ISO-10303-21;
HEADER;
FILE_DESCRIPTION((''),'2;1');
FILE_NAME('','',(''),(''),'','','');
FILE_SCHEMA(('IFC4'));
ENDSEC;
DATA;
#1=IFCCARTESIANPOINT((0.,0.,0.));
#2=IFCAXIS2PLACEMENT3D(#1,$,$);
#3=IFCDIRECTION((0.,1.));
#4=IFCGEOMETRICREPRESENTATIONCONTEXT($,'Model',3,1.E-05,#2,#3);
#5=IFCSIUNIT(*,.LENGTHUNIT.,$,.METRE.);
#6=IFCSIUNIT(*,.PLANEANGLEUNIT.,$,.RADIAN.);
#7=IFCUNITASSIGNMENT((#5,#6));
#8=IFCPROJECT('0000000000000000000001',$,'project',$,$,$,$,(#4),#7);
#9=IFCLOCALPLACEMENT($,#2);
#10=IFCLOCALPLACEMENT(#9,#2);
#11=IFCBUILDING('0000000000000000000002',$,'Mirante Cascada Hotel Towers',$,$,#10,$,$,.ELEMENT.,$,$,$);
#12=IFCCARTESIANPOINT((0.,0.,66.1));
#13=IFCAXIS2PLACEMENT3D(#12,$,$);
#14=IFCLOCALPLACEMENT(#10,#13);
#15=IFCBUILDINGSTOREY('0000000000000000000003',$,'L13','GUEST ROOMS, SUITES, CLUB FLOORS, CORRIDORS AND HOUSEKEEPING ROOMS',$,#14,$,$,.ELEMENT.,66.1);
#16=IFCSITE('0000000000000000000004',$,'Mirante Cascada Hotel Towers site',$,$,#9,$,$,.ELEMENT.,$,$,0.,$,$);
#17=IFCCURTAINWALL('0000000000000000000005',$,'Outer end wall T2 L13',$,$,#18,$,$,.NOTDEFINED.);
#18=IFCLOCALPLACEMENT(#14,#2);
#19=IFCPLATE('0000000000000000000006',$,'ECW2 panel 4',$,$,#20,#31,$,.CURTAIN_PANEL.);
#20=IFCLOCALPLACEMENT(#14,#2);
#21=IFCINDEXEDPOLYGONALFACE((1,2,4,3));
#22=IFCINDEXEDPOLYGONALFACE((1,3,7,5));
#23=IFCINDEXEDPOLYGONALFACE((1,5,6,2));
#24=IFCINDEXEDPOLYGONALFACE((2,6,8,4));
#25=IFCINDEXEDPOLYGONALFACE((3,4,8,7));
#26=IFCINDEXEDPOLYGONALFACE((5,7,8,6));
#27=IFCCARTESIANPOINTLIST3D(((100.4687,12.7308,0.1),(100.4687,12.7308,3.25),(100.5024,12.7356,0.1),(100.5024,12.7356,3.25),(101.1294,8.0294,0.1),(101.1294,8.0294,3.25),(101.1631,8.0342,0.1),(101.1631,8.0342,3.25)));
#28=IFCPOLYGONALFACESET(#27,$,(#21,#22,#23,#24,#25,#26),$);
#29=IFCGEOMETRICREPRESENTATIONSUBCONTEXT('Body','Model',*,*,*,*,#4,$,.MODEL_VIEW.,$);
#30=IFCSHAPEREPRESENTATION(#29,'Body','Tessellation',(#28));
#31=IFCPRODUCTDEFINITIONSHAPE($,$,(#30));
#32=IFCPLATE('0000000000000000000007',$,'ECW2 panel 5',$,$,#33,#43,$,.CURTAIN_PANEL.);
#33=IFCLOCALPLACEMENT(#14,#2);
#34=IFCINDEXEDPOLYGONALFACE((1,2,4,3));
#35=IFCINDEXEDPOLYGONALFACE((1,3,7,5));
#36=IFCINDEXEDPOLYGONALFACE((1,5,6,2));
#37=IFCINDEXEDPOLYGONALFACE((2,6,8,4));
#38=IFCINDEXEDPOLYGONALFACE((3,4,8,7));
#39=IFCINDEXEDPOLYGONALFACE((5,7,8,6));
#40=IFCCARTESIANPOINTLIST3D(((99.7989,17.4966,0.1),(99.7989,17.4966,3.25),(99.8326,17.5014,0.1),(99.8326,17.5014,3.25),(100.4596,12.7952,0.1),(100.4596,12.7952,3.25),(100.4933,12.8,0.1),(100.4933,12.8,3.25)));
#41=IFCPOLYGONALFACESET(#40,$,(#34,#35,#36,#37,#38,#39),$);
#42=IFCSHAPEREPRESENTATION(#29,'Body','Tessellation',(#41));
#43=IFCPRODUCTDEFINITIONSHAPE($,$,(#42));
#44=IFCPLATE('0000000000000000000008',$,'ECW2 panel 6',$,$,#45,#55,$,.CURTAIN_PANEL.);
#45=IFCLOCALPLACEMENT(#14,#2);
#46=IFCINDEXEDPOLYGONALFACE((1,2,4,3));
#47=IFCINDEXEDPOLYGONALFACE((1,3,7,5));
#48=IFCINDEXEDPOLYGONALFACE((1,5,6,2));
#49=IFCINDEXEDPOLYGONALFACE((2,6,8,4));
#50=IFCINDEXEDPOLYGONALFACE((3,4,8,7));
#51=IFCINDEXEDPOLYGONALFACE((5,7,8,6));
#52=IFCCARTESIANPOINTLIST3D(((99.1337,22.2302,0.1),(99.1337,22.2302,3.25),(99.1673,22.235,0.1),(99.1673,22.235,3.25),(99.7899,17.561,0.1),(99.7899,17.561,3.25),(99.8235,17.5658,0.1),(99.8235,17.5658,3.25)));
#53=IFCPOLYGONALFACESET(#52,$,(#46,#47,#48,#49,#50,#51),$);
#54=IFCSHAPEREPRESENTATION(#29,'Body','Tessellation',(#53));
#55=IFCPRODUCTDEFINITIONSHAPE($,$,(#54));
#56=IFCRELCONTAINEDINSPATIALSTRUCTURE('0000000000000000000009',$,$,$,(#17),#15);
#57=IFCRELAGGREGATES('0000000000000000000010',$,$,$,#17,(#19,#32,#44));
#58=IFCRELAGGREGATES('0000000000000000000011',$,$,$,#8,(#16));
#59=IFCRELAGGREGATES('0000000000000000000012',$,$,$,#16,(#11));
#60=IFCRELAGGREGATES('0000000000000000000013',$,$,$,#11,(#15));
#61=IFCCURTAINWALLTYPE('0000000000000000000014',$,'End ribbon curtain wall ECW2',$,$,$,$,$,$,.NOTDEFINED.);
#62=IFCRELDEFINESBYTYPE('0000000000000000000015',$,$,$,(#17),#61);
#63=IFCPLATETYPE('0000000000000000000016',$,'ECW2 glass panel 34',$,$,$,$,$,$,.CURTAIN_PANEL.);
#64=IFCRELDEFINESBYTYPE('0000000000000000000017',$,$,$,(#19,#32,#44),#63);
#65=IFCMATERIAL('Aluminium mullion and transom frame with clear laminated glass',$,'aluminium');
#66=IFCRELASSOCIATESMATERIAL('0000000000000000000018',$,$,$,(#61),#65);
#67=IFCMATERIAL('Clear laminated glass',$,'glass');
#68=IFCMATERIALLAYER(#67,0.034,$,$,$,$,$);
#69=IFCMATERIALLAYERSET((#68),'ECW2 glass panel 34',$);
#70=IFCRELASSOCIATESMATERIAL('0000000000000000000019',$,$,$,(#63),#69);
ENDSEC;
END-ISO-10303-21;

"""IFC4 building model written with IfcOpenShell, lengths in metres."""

from ifc_helpers import new_model, si_unit, direction, frame, origin, origin_2d, place, context, subcontext, project, spatial, rectangle, extrude, material, layer, layer_set, type_object, element, aggregate, save


model = new_model("IFC4")

# Units and contexts
model_context = context("Model", 3, precision=1e-05, world=origin(), true_north=direction((0.0, 1.0)))
body_context = subcontext(model_context, "Body", "Model", "MODEL_VIEW")
ifc_project = project(units=[si_unit("LENGTHUNIT", "METRE"), si_unit("PLANEANGLEUNIT", "RADIAN")], contexts=[model_context])

# Site, building, storey
site_placement = place(None, origin())
site = spatial("IfcSite", under=ifc_project, at=site_placement, Name="Mirante Cascada Hotel Towers site", CompositionType="ELEMENT", RefElevation=0.0)
building_placement = place(site_placement, origin())
building = spatial("IfcBuilding", under=site, at=building_placement, Name="Mirante Cascada Hotel Towers", CompositionType="ELEMENT")
storey_placement = place(building_placement, frame((0.0, 0.0, 66.1)))
storey = spatial("IfcBuildingStorey", under=building, at=storey_placement, Name="L13", Description="GUEST ROOMS, SUITES, CLUB FLOORS, CORRIDORS AND HOUSEKEEPING ROOMS", CompositionType="ELEMENT", Elevation=66.1)

# Curtain wall
ifc_material_1 = material(Name="Aluminium mullion and transom frame with clear laminated glass", Category="aluminium")
curtain_wall_type_1 = type_object("IfcCurtainWallType", Name="End ribbon curtain wall ECW2", PredefinedType="NOTDEFINED", material=ifc_material_1)
curtain_wall_1_placement = place(storey_placement, origin())
curtain_wall_1 = element("IfcCurtainWall", 1, at=curtain_wall_1_placement, inside=storey, type_object=curtain_wall_type_1, Name="Outer end wall T2 L13", PredefinedType="NOTDEFINED")

# Plates
ifc_material_2 = material(Name="Clear laminated glass", Category="glass")
ifc_layer_1 = layer(ifc_material_2, 0.034)
ifc_layer_set_1 = layer_set([ifc_layer_1], Name="ECW2 glass panel 34")
plate_type_1 = type_object("IfcPlateType", Name="ECW2 glass panel 34", PredefinedType="CURTAIN_PANEL", material=ifc_layer_set_1)
plate_1_placement = place(storey_placement, frame((100.8159, 10.3825, 0.1), z_axis=(0.0, 0.0, 1.0), x_axis=(-0.139173, 0.990268, 0.0)))
plate_1 = element("IfcPlate", 2, at=plate_1_placement, type_object=plate_type_1, Name="ECW2 panel 4", PredefinedType="CURTAIN_PANEL", context=body_context, shape_type="SweptSolid", body=[
    extrude(rectangle(XDim=4.7476, YDim=0.034, at=origin_2d()), origin(), (0.0, 0.0, 1.0), 3.15),
])
plate_2_placement = place(storey_placement, frame((100.1461, 15.1483, 0.1), z_axis=(0.0, 0.0, 1.0), x_axis=(-0.139173, 0.990268, 0.0)))
plate_2 = element("IfcPlate", 3, at=plate_2_placement, type_object=plate_type_1, Name="ECW2 panel 5", PredefinedType="CURTAIN_PANEL", context=body_context, shape_type="SweptSolid", body=[
    extrude(rectangle(XDim=4.7476, YDim=0.034, at=origin_2d()), origin(), (0.0, 0.0, 1.0), 3.15),
])
plate_3_placement = place(storey_placement, frame((99.4786, 19.898, 0.1), z_axis=(0.0, 0.0, 1.0), x_axis=(-0.139173, 0.990268, 0.0)))
plate_3 = element("IfcPlate", 4, at=plate_3_placement, type_object=plate_type_1, Name="ECW2 panel 6", PredefinedType="CURTAIN_PANEL", context=body_context, shape_type="SweptSolid", body=[
    extrude(rectangle(XDim=4.7151, YDim=0.034, at=origin_2d()), origin(), (0.0, 0.0, 1.0), 3.15),
])
aggregate(curtain_wall_1, [plate_1, plate_2, plate_3])

save(model, "model.ifc")
